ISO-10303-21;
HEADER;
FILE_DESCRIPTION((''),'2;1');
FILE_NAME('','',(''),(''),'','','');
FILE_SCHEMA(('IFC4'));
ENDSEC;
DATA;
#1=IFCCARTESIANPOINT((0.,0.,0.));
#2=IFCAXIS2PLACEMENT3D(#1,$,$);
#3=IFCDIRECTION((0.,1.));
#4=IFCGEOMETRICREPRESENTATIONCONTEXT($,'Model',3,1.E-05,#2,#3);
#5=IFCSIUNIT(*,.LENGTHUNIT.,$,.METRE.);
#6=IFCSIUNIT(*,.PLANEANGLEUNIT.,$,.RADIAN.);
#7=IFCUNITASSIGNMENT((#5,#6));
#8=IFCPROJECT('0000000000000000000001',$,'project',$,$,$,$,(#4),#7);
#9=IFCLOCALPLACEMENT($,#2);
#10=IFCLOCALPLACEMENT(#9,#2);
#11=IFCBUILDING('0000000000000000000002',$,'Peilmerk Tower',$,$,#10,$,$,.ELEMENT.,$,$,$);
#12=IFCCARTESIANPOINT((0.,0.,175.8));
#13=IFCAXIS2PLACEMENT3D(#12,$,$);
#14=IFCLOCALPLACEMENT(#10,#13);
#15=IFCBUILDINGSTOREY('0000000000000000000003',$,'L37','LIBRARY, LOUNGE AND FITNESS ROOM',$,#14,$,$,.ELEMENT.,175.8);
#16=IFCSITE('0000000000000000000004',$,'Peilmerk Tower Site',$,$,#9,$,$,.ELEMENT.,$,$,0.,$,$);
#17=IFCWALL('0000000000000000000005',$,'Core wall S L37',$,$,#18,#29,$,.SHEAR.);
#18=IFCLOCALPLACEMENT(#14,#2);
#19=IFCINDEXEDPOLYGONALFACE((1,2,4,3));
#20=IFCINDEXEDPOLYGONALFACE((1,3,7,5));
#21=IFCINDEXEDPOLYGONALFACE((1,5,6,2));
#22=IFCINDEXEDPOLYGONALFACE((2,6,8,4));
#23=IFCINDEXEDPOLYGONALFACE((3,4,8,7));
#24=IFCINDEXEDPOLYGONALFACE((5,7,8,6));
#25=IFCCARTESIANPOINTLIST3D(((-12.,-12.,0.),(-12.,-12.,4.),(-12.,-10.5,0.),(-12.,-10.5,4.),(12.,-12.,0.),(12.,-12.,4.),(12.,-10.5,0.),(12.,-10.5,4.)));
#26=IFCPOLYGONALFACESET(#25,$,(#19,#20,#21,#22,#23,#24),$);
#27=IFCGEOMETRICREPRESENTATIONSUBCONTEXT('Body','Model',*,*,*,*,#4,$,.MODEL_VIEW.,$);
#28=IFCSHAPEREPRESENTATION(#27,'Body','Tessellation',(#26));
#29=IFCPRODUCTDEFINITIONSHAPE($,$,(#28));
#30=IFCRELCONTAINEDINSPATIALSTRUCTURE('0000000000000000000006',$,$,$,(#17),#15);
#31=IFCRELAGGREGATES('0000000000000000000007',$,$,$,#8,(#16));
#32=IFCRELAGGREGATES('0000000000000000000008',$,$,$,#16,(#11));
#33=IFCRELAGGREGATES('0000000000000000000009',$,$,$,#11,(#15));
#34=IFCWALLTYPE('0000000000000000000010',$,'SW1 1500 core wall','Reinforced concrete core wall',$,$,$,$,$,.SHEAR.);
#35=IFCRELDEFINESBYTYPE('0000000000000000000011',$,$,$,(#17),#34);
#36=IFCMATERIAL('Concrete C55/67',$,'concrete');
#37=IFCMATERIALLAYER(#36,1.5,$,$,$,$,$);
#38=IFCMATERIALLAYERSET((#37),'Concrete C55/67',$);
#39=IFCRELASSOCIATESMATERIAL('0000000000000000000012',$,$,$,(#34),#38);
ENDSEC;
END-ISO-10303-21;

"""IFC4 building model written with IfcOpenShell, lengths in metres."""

from ifc_helpers import new_model, si_unit, direction, frame, frame_2d, origin, place, context, subcontext, project, spatial, rectangle, extrude, material, layer, layer_set, type_object, element, save


model = new_model("IFC4")

# Units and contexts
model_context = context("Model", 3, precision=1e-05, world=origin(), true_north=direction((0.0, 1.0)))
body_context = subcontext(model_context, "Body", "Model", "MODEL_VIEW")
ifc_project = project(units=[si_unit("LENGTHUNIT", "METRE"), si_unit("PLANEANGLEUNIT", "RADIAN")], contexts=[model_context])

# Site, building, storey
site_placement = place(None, origin())
site = spatial("IfcSite", under=ifc_project, at=site_placement, Name="Peilmerk Tower Site", CompositionType="ELEMENT", RefElevation=0.0)
building_placement = place(site_placement, origin())
building = spatial("IfcBuilding", under=site, at=building_placement, Name="Peilmerk Tower", CompositionType="ELEMENT")
storey_placement = place(building_placement, frame((0.0, 0.0, 175.8)))
storey = spatial("IfcBuildingStorey", under=building, at=storey_placement, Name="L37", Description="LIBRARY, LOUNGE AND FITNESS ROOM", CompositionType="ELEMENT", Elevation=175.8)

# Wall
ifc_material_1 = material(Name="Concrete C55/67", Category="concrete")
ifc_layer_1 = layer(ifc_material_1, 1.5)
ifc_layer_set_1 = layer_set([ifc_layer_1], Name="Concrete C55/67")
wall_type_1 = type_object("IfcWallType", Name="SW1 1500 core wall", Description="Reinforced concrete core wall", PredefinedType="SHEAR", material=ifc_layer_set_1)
wall_1_placement = place(storey_placement, frame((12.0, -11.25, 0.0), z_axis=(0.0, 0.0, 1.0), x_axis=(-1.0, 0.0, 0.0)))
element("IfcWall", 1, at=wall_1_placement, inside=storey, type_object=wall_type_1, Name="Core wall S L37", PredefinedType="SHEAR", context=body_context, shape_type="SweptSolid", body=[
    extrude(rectangle(XDim=24.0, YDim=1.5, at=frame_2d((12.0, 0.0))), origin(), (0.0, 0.0, 1.0), 4.0),
])

save(model, "model.ifc")
